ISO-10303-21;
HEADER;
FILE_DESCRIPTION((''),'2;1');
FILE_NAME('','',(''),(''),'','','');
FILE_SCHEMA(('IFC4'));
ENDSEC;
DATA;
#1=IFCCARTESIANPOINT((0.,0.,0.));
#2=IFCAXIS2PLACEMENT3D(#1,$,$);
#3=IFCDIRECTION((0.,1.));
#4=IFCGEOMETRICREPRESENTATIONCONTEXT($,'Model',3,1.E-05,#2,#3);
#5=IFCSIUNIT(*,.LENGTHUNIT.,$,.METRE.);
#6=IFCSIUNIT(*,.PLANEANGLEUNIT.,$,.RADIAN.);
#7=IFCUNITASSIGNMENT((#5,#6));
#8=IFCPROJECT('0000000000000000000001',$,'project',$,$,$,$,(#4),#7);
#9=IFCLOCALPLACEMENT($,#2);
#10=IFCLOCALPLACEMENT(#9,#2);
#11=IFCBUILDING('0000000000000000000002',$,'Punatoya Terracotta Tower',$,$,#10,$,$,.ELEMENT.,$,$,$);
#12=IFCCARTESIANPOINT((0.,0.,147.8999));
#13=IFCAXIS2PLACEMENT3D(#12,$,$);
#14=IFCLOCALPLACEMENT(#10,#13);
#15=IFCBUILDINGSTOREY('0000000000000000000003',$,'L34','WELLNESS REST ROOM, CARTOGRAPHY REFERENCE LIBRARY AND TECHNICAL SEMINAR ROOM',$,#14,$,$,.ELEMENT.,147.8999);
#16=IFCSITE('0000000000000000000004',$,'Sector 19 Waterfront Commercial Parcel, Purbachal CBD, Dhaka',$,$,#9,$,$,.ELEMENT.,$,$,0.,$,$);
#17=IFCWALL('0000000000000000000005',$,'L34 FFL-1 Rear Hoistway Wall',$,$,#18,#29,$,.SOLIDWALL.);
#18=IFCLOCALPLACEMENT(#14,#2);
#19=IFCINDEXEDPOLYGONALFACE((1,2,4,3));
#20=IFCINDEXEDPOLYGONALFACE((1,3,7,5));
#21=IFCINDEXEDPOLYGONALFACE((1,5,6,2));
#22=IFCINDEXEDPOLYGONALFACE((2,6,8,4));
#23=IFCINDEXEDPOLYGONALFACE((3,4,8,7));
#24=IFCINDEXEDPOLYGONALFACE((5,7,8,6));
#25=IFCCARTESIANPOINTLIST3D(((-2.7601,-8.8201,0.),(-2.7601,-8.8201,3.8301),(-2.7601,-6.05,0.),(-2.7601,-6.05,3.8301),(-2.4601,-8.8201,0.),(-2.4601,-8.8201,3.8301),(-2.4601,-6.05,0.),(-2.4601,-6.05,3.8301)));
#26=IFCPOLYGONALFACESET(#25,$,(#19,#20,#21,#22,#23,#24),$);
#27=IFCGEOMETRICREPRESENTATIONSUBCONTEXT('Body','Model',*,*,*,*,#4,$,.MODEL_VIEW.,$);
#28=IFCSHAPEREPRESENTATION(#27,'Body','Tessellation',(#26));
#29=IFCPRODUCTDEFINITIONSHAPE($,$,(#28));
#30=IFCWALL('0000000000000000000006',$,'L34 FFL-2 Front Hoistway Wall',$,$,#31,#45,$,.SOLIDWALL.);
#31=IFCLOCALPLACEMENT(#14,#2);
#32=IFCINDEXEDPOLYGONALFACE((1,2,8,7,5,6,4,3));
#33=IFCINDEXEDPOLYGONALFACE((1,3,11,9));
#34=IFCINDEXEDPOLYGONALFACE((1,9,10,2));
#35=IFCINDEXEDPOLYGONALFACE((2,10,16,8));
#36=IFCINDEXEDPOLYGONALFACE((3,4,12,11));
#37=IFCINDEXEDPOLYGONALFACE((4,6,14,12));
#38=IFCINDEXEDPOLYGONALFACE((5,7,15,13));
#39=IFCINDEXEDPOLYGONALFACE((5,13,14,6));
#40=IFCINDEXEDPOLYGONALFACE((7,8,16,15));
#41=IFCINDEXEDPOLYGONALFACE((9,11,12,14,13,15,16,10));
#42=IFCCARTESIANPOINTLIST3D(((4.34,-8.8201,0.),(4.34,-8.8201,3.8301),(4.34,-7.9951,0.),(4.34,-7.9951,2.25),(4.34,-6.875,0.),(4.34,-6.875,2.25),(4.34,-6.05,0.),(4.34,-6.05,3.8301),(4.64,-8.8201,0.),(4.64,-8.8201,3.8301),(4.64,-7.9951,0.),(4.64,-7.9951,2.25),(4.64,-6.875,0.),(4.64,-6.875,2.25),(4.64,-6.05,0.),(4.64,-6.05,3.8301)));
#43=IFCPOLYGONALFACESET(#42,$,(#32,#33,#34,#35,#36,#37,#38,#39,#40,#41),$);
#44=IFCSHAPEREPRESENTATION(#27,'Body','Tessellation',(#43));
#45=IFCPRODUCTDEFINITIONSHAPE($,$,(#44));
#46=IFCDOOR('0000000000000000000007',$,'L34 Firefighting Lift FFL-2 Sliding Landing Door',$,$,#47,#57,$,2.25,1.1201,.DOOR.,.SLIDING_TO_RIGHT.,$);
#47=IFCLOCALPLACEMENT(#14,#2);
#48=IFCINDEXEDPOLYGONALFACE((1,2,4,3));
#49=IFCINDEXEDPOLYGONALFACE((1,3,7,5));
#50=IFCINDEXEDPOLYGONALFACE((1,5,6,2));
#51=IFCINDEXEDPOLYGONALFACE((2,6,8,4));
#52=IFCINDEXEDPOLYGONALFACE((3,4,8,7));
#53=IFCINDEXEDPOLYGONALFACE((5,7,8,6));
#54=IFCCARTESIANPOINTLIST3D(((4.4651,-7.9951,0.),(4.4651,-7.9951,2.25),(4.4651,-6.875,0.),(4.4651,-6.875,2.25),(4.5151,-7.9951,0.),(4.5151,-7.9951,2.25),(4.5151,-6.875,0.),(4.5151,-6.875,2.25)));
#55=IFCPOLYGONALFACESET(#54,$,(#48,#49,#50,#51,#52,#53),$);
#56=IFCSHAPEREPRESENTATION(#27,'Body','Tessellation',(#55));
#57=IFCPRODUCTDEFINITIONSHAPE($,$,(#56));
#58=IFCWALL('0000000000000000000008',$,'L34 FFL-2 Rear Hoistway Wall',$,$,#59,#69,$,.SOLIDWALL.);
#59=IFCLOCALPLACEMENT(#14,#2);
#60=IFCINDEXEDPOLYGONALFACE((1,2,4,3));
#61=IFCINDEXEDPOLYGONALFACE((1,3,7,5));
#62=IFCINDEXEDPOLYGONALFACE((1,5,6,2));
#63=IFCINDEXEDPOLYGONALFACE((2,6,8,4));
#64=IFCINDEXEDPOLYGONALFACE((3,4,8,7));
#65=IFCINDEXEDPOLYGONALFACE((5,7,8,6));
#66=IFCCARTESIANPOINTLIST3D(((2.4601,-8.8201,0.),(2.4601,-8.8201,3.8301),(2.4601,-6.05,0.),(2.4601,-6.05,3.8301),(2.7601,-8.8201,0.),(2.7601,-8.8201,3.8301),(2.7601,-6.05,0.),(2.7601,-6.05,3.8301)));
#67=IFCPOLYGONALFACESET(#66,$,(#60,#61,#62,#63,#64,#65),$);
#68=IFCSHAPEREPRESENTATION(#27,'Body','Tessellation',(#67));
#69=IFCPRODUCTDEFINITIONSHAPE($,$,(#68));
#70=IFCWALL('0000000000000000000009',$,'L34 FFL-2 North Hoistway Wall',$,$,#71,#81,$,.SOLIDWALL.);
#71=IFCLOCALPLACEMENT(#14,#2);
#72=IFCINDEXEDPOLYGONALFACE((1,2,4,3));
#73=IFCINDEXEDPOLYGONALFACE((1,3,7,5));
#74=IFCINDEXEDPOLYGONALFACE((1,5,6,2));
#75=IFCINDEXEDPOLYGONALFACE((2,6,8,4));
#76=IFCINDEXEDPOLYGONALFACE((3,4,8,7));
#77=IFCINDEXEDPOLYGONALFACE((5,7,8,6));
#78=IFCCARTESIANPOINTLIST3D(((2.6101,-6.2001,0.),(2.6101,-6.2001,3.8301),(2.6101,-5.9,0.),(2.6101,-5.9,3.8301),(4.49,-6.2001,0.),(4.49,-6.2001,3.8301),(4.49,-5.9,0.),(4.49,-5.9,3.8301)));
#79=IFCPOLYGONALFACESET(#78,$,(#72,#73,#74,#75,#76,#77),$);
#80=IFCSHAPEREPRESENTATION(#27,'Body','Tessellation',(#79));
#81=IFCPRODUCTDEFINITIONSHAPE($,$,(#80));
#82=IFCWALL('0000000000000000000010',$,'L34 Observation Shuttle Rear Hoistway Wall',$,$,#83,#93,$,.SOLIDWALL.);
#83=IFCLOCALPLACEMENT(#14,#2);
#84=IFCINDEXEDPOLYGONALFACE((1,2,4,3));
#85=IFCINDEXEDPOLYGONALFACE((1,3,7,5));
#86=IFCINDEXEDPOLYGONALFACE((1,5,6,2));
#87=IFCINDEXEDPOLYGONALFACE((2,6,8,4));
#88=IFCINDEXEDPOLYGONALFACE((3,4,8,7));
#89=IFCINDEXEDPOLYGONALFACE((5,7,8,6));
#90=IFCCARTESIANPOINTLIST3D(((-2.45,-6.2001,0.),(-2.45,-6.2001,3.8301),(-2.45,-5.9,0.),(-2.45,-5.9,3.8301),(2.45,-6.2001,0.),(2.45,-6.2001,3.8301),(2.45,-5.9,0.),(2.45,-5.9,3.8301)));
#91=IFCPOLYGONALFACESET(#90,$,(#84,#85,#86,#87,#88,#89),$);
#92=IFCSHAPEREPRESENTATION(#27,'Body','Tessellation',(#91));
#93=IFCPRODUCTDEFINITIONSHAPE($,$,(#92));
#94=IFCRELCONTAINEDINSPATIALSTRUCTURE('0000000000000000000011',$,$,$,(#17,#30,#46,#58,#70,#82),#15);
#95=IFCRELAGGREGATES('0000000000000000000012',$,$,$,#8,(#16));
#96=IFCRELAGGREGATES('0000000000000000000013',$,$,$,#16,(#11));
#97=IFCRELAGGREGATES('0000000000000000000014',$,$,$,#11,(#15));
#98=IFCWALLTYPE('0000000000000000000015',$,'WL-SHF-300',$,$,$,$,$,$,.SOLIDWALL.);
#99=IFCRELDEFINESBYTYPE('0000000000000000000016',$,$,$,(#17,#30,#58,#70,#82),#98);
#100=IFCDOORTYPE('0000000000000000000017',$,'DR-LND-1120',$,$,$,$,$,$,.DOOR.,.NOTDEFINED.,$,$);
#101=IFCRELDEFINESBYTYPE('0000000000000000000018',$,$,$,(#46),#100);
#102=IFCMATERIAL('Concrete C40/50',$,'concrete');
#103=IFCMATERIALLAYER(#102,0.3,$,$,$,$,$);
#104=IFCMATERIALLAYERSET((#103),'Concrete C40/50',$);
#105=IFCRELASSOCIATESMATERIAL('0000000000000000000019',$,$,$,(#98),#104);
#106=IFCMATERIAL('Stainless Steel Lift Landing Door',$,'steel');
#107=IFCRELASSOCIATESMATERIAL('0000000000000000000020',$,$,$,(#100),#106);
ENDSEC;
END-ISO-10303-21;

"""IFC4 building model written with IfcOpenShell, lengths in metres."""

from ifc_helpers import new_model, si_unit, direction, frame, frame_2d, origin, place, context, subcontext, project, spatial, rectangle, extrude, material, layer, layer_set, type_object, element, fill, save


model = new_model("IFC4")

# Units and contexts
model_context = context("Model", 3, precision=1e-05, world=origin(), true_north=direction((0.0, 1.0)))
body_context = subcontext(model_context, "Body", "Model", "MODEL_VIEW")
ifc_project = project(units=[si_unit("LENGTHUNIT", "METRE"), si_unit("PLANEANGLEUNIT", "RADIAN")], contexts=[model_context])

# Site, building, storey
site_placement = place(None, origin())
site = spatial("IfcSite", under=ifc_project, at=site_placement, Name="Sector 19 Waterfront Commercial Parcel, Purbachal CBD, Dhaka", CompositionType="ELEMENT", RefElevation=0.0)
building_placement = place(site_placement, origin())
building = spatial("IfcBuilding", under=site, at=building_placement, Name="Punatoya Terracotta Tower", CompositionType="ELEMENT")
storey_placement = place(building_placement, frame((0.0, 0.0, 147.8999)))
storey = spatial("IfcBuildingStorey", under=building, at=storey_placement, Name="L34", Description="WELLNESS REST ROOM, CARTOGRAPHY REFERENCE LIBRARY AND TECHNICAL SEMINAR ROOM", CompositionType="ELEMENT", Elevation=147.8999)

# Wall
ifc_material_1 = material(Name="Concrete C40/50", Category="concrete")
ifc_layer_1 = layer(ifc_material_1, 0.3)
ifc_layer_set_1 = layer_set([ifc_layer_1], Name="Concrete C40/50")
wall_type_1 = type_object("IfcWallType", Name="WL-SHF-300", PredefinedType="SOLIDWALL", material=ifc_layer_set_1)
wall_1_placement = place(storey_placement, frame((-2.6101, -8.8201, 0.0), z_axis=(0.0, 0.0, 1.0), x_axis=(0.0, 1.0, 0.0)))
element("IfcWall", 1, at=wall_1_placement, inside=storey, type_object=wall_type_1, Name="L34 FFL-1 Rear Hoistway Wall", PredefinedType="SOLIDWALL", context=body_context, shape_type="SweptSolid", body=[
    extrude(rectangle(XDim=2.77, YDim=0.3, at=frame_2d((1.385, 0.0))), origin(), (0.0, 0.0, 1.0), 3.8301),
])

# Wall, opening, door
wall_2_placement = place(storey_placement, frame((4.49, -8.8201, 0.0), z_axis=(0.0, 0.0, 1.0), x_axis=(0.0, 1.0, 0.0)))
wall_2 = element("IfcWall", 2, at=wall_2_placement, inside=storey, type_object=wall_type_1, Name="L34 FFL-2 Front Hoistway Wall", PredefinedType="SOLIDWALL", context=body_context, shape_type="SweptSolid", body=[
    extrude(rectangle(XDim=2.77, YDim=0.3, at=frame_2d((1.385, 0.0))), origin(), (0.0, 0.0, 1.0), 3.8301),
])
opening_1_placement = place(wall_2_placement, frame((0.825, 0.0, 0.0)))
opening_1 = element("IfcOpeningElement", 3, at=opening_1_placement, cuts=wall_2, PredefinedType="OPENING", context=body_context, shape_type="SweptSolid", body=[
    extrude(rectangle(XDim=1.1201, YDim=2.25, at=frame_2d((0.5601, 1.125))), frame((0.0, 0.1599, 0.0), z_axis=(0.0, -1.0, 0.0), x_axis=(1.0, 0.0, 0.0)), (0.0, 0.0, 1.0), 0.3201),
])
ifc_material_2 = material(Name="Stainless Steel Lift Landing Door", Category="steel")
door_type_1 = type_object("IfcDoorType", Name="DR-LND-1120", OperationType="NOTDEFINED", PredefinedType="DOOR", material=ifc_material_2)
door_1_placement = place(opening_1_placement, origin())
door_1 = element("IfcDoor", 4, at=door_1_placement, inside=storey, type_object=door_type_1, Name="L34 Firefighting Lift FFL-2 Sliding Landing Door", OperationType="SLIDING_TO_RIGHT", OverallHeight=2.25, OverallWidth=1.1201, PredefinedType="DOOR", context=body_context, shape_type="SweptSolid", body=[
    extrude(rectangle(XDim=1.1201, YDim=2.25, at=frame_2d((0.5601, 1.125))), frame((0.0, 0.0249, 0.0), z_axis=(0.0, -1.0, 0.0), x_axis=(1.0, 0.0, 0.0)), (0.0, 0.0, 1.0), 0.05),
])
fill(opening_1, door_1)

# Walls
wall_3_placement = place(storey_placement, frame((2.6101, -8.8201, 0.0), z_axis=(0.0, 0.0, 1.0), x_axis=(0.0, 1.0, 0.0)))
element("IfcWall", 5, at=wall_3_placement, inside=storey, type_object=wall_type_1, Name="L34 FFL-2 Rear Hoistway Wall", PredefinedType="SOLIDWALL", context=body_context, shape_type="SweptSolid", body=[
    extrude(rectangle(XDim=2.77, YDim=0.3, at=frame_2d((1.385, 0.0))), origin(), (0.0, 0.0, 1.0), 3.8301),
])
wall_4_placement = place(storey_placement, frame((2.6101, -6.05, 0.0), z_axis=(0.0, 0.0, 1.0), x_axis=(1.0, 0.0, 0.0)))
element("IfcWall", 6, at=wall_4_placement, inside=storey, type_object=wall_type_1, Name="L34 FFL-2 North Hoistway Wall", PredefinedType="SOLIDWALL", context=body_context, shape_type="SweptSolid", body=[
    extrude(rectangle(XDim=1.8799, YDim=0.3, at=frame_2d((0.9399, 0.0))), origin(), (0.0, 0.0, 1.0), 3.8301),
])
wall_5_placement = place(storey_placement, frame((-2.45, -6.05, 0.0), z_axis=(0.0, 0.0, 1.0), x_axis=(1.0, 0.0, 0.0)))
element("IfcWall", 7, at=wall_5_placement, inside=storey, type_object=wall_type_1, Name="L34 Observation Shuttle Rear Hoistway Wall", PredefinedType="SOLIDWALL", context=body_context, shape_type="SweptSolid", body=[
    extrude(rectangle(XDim=4.8999, YDim=0.3, at=frame_2d((2.45, 0.0))), origin(), (0.0, 0.0, 1.0), 3.8301),
])

save(model, "model.ifc")
